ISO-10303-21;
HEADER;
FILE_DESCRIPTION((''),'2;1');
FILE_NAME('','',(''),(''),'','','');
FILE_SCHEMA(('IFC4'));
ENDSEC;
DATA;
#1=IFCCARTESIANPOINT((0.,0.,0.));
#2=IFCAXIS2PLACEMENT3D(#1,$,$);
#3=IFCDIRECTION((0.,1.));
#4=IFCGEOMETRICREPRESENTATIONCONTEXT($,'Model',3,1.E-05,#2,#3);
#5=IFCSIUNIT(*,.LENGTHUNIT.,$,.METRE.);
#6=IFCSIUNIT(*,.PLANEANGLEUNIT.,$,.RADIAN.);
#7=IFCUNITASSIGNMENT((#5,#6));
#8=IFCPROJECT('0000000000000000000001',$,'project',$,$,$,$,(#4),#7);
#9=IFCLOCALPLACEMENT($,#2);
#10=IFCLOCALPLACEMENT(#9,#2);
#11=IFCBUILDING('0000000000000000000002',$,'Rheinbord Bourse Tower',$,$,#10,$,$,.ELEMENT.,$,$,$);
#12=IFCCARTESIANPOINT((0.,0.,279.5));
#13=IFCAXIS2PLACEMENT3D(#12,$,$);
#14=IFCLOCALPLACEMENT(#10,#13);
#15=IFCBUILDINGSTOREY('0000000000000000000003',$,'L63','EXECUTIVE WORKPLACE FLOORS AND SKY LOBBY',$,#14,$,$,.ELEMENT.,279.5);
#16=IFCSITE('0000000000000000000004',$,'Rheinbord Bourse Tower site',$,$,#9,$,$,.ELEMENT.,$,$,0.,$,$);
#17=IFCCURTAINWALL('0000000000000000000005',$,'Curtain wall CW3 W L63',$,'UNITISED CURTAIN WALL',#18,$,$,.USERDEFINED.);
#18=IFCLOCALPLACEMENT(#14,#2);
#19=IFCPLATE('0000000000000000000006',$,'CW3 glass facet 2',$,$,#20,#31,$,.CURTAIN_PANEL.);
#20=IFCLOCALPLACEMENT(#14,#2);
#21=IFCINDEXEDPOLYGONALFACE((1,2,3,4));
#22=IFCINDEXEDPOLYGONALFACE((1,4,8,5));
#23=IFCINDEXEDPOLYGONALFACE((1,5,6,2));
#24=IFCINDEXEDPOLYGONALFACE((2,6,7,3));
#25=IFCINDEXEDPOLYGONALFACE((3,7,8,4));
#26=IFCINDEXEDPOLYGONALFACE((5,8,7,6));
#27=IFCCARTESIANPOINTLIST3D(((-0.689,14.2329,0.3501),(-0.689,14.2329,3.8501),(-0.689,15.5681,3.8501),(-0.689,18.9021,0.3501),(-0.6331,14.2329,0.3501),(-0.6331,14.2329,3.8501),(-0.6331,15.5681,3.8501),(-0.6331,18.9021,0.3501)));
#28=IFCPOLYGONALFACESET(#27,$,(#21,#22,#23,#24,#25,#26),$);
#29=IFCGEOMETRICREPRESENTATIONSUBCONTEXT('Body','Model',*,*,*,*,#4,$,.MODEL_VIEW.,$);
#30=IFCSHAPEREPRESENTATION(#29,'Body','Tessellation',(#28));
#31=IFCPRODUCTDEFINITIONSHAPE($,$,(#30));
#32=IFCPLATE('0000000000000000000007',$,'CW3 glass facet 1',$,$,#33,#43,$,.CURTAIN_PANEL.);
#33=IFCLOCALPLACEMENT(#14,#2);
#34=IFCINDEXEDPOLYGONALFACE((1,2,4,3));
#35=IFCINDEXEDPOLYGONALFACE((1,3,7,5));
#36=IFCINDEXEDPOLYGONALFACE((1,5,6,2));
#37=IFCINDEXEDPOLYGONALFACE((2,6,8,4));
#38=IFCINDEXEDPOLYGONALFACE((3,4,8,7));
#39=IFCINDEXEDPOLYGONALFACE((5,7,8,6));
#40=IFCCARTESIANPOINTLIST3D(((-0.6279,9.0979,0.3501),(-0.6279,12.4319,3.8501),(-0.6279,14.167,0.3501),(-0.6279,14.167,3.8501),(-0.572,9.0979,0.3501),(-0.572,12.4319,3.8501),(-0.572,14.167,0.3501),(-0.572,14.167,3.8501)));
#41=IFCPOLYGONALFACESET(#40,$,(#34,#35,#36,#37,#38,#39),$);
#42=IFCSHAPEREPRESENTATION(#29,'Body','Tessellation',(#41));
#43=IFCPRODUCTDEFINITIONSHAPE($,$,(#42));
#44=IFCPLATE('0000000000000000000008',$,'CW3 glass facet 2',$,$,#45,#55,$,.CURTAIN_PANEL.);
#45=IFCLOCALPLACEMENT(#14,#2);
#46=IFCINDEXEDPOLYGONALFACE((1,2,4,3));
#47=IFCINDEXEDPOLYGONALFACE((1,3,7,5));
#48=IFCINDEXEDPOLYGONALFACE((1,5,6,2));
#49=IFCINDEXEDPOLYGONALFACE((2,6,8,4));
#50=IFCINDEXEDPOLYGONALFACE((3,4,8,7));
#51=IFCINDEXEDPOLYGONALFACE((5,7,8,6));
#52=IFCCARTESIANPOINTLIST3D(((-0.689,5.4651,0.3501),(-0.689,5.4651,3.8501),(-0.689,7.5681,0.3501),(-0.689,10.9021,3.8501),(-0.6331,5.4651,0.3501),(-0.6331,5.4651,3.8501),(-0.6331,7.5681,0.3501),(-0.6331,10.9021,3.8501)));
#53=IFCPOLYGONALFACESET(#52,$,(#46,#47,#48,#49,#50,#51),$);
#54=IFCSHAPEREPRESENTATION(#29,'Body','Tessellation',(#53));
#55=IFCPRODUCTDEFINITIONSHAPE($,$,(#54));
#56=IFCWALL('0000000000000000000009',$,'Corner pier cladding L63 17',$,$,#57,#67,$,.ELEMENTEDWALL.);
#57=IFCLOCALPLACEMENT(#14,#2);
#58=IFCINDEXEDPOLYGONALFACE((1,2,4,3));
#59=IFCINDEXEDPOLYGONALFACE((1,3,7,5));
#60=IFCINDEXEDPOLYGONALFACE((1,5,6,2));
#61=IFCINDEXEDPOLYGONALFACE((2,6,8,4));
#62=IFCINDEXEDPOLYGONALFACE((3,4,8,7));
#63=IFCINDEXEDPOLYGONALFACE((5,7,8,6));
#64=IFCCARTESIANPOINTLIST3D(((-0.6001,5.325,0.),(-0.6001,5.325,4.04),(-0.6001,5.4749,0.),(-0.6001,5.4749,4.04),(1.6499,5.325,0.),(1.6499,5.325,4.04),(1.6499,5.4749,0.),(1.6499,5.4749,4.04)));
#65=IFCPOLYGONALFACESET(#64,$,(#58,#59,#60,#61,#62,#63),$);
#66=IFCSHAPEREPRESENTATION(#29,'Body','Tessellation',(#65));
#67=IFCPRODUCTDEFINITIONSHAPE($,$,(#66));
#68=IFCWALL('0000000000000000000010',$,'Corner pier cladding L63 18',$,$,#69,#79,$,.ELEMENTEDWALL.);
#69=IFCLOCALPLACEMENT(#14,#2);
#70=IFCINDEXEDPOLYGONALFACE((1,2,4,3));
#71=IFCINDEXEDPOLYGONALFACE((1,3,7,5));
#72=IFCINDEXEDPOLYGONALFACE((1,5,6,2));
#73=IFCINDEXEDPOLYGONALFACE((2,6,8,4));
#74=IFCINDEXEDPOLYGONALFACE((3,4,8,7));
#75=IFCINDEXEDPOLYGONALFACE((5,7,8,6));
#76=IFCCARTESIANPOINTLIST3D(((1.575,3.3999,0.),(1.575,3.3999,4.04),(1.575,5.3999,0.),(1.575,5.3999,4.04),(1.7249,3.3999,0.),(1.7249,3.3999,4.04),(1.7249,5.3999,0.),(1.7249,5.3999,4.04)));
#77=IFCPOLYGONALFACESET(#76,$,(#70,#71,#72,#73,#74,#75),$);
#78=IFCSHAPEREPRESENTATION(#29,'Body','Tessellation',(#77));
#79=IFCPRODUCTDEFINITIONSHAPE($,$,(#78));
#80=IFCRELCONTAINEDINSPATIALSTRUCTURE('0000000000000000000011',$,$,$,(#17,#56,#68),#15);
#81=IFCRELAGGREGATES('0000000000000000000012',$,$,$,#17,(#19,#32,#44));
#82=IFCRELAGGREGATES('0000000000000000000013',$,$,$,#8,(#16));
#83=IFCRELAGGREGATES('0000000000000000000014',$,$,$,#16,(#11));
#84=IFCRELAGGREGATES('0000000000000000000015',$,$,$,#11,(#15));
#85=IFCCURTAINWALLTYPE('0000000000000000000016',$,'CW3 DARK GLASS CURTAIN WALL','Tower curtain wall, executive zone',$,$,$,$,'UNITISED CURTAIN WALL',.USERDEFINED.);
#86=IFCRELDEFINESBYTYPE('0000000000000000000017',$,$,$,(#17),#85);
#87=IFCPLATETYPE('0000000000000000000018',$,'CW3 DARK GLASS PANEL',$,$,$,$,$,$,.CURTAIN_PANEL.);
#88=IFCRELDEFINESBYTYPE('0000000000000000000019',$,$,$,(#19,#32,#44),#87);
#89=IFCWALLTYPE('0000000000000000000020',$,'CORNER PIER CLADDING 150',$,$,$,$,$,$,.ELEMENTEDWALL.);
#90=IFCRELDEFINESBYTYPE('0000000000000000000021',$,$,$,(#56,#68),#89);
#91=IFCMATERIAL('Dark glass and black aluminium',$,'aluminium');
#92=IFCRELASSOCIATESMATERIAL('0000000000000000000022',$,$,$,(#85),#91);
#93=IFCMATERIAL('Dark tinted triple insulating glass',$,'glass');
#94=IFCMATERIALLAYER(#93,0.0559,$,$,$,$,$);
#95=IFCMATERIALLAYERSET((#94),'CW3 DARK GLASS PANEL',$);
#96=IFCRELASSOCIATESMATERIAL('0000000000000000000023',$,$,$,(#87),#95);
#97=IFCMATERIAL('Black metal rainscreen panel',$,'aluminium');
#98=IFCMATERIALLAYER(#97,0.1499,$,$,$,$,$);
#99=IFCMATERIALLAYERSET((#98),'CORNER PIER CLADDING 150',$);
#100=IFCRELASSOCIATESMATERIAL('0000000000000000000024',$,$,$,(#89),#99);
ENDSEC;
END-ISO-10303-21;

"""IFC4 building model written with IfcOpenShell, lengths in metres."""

from ifc_helpers import new_model, si_unit, direction, frame, frame_2d, origin, place, context, subcontext, project, spatial, polyline, rectangle, outline, extrude, material, layer, layer_set, type_object, element, aggregate, save


model = new_model("IFC4")

# Units and contexts
model_context = context("Model", 3, precision=1e-05, world=origin(), true_north=direction((0.0, 1.0)))
body_context = subcontext(model_context, "Body", "Model", "MODEL_VIEW")
ifc_project = project(units=[si_unit("LENGTHUNIT", "METRE"), si_unit("PLANEANGLEUNIT", "RADIAN")], contexts=[model_context])

# Site, building, storey
site_placement = place(None, origin())
site = spatial("IfcSite", under=ifc_project, at=site_placement, Name="Rheinbord Bourse Tower site", CompositionType="ELEMENT", RefElevation=0.0)
building_placement = place(site_placement, origin())
building = spatial("IfcBuilding", under=site, at=building_placement, Name="Rheinbord Bourse Tower", CompositionType="ELEMENT")
storey_placement = place(building_placement, frame((0.0, 0.0, 279.5)))
storey = spatial("IfcBuildingStorey", under=building, at=storey_placement, Name="L63", Description="EXECUTIVE WORKPLACE FLOORS AND SKY LOBBY", CompositionType="ELEMENT", Elevation=279.5)

# Curtain wall
ifc_material_1 = material(Name="Dark glass and black aluminium", Category="aluminium")
curtain_wall_type = type_object("IfcCurtainWallType", Name="CW3 DARK GLASS CURTAIN WALL", Description="Tower curtain wall, executive zone", ElementType="UNITISED CURTAIN WALL", PredefinedType="USERDEFINED", material=ifc_material_1)
curtain_wall_placement = place(storey_placement, origin())
curtain_wall = element("IfcCurtainWall", 1, at=curtain_wall_placement, inside=storey, type_object=curtain_wall_type, Name="Curtain wall CW3 W L63", ObjectType="UNITISED CURTAIN WALL", PredefinedType="USERDEFINED")

# Plates
ifc_material_2 = material(Name="Dark tinted triple insulating glass", Category="glass")
ifc_layer_1 = layer(ifc_material_2, 0.0559)
ifc_layer_set_1 = layer_set([ifc_layer_1], Name="CW3 DARK GLASS PANEL")
plate_type = type_object("IfcPlateType", Name="CW3 DARK GLASS PANEL", PredefinedType="CURTAIN_PANEL", material=ifc_layer_set_1)
plate_1_placement = place(storey_placement, frame((-0.689, 14.2329, 3.8501), z_axis=(1.0, 0.0, 0.0), x_axis=(0.0, 0.0, -1.0)))
plate_1 = element("IfcPlate", 2, at=plate_1_placement, type_object=plate_type, Name="CW3 glass facet 2", PredefinedType="CURTAIN_PANEL", context=body_context, shape_type="SweptSolid", body=[
    extrude(outline(polyline([(0.0, 0.0), (3.5, 0.0), (3.5, 4.6692), (0.0, 1.3352), (0.0, 0.0)])), origin(), (0.0, 0.0, 1.0), 0.0559),
])
plate_2_placement = place(storey_placement, frame((-0.6279, 14.167, 0.3501), z_axis=(1.0, 0.0, 0.0), x_axis=(0.0, 0.0, 1.0)))
plate_2 = element("IfcPlate", 3, at=plate_2_placement, type_object=plate_type, Name="CW3 glass facet 1", PredefinedType="CURTAIN_PANEL", context=body_context, shape_type="SweptSolid", body=[
    extrude(outline(polyline([(0.0, 0.0), (3.5, 0.0), (3.5, 1.7351), (0.0, 5.0691), (0.0, 0.0)])), origin(), (0.0, 0.0, 1.0), 0.0559),
])
plate_3_placement = place(storey_placement, frame((-0.689, 5.4651, 3.8501), z_axis=(1.0, 0.0, 0.0), x_axis=(0.0, 0.0, -1.0)))
plate_3 = element("IfcPlate", 4, at=plate_3_placement, type_object=plate_type, Name="CW3 glass facet 2", PredefinedType="CURTAIN_PANEL", context=body_context, shape_type="SweptSolid", body=[
    extrude(outline(polyline([(0.0, 0.0), (3.5, 0.0), (3.5, 2.103), (0.0, 5.437), (0.0, 0.0)])), origin(), (0.0, 0.0, 1.0), 0.0559),
])
aggregate(curtain_wall, [plate_1, plate_2, plate_3])

# Walls
ifc_material_3 = material(Name="Black metal rainscreen panel", Category="aluminium")
ifc_layer_2 = layer(ifc_material_3, 0.1499)
ifc_layer_set_2 = layer_set([ifc_layer_2], Name="CORNER PIER CLADDING 150")
wall_type = type_object("IfcWallType", Name="CORNER PIER CLADDING 150", PredefinedType="ELEMENTEDWALL", material=ifc_layer_set_2)
wall_1_placement = place(storey_placement, frame((-0.6001, 5.3999, 0.0), z_axis=(0.0, 0.0, 1.0), x_axis=(1.0, 0.0, 0.0)))
element("IfcWall", 5, at=wall_1_placement, inside=storey, type_object=wall_type, Name="Corner pier cladding L63 17", PredefinedType="ELEMENTEDWALL", context=body_context, shape_type="SweptSolid", body=[
    extrude(rectangle(XDim=2.25, YDim=0.1499, at=frame_2d((1.125, 0.0))), origin(), (0.0, 0.0, 1.0), 4.04),
])
wall_2_placement = place(storey_placement, frame((1.6499, 5.3999, 0.0), z_axis=(0.0, 0.0, 1.0), x_axis=(0.0, -1.0, 0.0)))
element("IfcWall", 6, at=wall_2_placement, inside=storey, type_object=wall_type, Name="Corner pier cladding L63 18", PredefinedType="ELEMENTEDWALL", context=body_context, shape_type="SweptSolid", body=[
    extrude(rectangle(XDim=2.0, YDim=0.1499, at=frame_2d((1.0, 0.0))), origin(), (0.0, 0.0, 1.0), 4.04),
])

save(model, "model.ifc")
